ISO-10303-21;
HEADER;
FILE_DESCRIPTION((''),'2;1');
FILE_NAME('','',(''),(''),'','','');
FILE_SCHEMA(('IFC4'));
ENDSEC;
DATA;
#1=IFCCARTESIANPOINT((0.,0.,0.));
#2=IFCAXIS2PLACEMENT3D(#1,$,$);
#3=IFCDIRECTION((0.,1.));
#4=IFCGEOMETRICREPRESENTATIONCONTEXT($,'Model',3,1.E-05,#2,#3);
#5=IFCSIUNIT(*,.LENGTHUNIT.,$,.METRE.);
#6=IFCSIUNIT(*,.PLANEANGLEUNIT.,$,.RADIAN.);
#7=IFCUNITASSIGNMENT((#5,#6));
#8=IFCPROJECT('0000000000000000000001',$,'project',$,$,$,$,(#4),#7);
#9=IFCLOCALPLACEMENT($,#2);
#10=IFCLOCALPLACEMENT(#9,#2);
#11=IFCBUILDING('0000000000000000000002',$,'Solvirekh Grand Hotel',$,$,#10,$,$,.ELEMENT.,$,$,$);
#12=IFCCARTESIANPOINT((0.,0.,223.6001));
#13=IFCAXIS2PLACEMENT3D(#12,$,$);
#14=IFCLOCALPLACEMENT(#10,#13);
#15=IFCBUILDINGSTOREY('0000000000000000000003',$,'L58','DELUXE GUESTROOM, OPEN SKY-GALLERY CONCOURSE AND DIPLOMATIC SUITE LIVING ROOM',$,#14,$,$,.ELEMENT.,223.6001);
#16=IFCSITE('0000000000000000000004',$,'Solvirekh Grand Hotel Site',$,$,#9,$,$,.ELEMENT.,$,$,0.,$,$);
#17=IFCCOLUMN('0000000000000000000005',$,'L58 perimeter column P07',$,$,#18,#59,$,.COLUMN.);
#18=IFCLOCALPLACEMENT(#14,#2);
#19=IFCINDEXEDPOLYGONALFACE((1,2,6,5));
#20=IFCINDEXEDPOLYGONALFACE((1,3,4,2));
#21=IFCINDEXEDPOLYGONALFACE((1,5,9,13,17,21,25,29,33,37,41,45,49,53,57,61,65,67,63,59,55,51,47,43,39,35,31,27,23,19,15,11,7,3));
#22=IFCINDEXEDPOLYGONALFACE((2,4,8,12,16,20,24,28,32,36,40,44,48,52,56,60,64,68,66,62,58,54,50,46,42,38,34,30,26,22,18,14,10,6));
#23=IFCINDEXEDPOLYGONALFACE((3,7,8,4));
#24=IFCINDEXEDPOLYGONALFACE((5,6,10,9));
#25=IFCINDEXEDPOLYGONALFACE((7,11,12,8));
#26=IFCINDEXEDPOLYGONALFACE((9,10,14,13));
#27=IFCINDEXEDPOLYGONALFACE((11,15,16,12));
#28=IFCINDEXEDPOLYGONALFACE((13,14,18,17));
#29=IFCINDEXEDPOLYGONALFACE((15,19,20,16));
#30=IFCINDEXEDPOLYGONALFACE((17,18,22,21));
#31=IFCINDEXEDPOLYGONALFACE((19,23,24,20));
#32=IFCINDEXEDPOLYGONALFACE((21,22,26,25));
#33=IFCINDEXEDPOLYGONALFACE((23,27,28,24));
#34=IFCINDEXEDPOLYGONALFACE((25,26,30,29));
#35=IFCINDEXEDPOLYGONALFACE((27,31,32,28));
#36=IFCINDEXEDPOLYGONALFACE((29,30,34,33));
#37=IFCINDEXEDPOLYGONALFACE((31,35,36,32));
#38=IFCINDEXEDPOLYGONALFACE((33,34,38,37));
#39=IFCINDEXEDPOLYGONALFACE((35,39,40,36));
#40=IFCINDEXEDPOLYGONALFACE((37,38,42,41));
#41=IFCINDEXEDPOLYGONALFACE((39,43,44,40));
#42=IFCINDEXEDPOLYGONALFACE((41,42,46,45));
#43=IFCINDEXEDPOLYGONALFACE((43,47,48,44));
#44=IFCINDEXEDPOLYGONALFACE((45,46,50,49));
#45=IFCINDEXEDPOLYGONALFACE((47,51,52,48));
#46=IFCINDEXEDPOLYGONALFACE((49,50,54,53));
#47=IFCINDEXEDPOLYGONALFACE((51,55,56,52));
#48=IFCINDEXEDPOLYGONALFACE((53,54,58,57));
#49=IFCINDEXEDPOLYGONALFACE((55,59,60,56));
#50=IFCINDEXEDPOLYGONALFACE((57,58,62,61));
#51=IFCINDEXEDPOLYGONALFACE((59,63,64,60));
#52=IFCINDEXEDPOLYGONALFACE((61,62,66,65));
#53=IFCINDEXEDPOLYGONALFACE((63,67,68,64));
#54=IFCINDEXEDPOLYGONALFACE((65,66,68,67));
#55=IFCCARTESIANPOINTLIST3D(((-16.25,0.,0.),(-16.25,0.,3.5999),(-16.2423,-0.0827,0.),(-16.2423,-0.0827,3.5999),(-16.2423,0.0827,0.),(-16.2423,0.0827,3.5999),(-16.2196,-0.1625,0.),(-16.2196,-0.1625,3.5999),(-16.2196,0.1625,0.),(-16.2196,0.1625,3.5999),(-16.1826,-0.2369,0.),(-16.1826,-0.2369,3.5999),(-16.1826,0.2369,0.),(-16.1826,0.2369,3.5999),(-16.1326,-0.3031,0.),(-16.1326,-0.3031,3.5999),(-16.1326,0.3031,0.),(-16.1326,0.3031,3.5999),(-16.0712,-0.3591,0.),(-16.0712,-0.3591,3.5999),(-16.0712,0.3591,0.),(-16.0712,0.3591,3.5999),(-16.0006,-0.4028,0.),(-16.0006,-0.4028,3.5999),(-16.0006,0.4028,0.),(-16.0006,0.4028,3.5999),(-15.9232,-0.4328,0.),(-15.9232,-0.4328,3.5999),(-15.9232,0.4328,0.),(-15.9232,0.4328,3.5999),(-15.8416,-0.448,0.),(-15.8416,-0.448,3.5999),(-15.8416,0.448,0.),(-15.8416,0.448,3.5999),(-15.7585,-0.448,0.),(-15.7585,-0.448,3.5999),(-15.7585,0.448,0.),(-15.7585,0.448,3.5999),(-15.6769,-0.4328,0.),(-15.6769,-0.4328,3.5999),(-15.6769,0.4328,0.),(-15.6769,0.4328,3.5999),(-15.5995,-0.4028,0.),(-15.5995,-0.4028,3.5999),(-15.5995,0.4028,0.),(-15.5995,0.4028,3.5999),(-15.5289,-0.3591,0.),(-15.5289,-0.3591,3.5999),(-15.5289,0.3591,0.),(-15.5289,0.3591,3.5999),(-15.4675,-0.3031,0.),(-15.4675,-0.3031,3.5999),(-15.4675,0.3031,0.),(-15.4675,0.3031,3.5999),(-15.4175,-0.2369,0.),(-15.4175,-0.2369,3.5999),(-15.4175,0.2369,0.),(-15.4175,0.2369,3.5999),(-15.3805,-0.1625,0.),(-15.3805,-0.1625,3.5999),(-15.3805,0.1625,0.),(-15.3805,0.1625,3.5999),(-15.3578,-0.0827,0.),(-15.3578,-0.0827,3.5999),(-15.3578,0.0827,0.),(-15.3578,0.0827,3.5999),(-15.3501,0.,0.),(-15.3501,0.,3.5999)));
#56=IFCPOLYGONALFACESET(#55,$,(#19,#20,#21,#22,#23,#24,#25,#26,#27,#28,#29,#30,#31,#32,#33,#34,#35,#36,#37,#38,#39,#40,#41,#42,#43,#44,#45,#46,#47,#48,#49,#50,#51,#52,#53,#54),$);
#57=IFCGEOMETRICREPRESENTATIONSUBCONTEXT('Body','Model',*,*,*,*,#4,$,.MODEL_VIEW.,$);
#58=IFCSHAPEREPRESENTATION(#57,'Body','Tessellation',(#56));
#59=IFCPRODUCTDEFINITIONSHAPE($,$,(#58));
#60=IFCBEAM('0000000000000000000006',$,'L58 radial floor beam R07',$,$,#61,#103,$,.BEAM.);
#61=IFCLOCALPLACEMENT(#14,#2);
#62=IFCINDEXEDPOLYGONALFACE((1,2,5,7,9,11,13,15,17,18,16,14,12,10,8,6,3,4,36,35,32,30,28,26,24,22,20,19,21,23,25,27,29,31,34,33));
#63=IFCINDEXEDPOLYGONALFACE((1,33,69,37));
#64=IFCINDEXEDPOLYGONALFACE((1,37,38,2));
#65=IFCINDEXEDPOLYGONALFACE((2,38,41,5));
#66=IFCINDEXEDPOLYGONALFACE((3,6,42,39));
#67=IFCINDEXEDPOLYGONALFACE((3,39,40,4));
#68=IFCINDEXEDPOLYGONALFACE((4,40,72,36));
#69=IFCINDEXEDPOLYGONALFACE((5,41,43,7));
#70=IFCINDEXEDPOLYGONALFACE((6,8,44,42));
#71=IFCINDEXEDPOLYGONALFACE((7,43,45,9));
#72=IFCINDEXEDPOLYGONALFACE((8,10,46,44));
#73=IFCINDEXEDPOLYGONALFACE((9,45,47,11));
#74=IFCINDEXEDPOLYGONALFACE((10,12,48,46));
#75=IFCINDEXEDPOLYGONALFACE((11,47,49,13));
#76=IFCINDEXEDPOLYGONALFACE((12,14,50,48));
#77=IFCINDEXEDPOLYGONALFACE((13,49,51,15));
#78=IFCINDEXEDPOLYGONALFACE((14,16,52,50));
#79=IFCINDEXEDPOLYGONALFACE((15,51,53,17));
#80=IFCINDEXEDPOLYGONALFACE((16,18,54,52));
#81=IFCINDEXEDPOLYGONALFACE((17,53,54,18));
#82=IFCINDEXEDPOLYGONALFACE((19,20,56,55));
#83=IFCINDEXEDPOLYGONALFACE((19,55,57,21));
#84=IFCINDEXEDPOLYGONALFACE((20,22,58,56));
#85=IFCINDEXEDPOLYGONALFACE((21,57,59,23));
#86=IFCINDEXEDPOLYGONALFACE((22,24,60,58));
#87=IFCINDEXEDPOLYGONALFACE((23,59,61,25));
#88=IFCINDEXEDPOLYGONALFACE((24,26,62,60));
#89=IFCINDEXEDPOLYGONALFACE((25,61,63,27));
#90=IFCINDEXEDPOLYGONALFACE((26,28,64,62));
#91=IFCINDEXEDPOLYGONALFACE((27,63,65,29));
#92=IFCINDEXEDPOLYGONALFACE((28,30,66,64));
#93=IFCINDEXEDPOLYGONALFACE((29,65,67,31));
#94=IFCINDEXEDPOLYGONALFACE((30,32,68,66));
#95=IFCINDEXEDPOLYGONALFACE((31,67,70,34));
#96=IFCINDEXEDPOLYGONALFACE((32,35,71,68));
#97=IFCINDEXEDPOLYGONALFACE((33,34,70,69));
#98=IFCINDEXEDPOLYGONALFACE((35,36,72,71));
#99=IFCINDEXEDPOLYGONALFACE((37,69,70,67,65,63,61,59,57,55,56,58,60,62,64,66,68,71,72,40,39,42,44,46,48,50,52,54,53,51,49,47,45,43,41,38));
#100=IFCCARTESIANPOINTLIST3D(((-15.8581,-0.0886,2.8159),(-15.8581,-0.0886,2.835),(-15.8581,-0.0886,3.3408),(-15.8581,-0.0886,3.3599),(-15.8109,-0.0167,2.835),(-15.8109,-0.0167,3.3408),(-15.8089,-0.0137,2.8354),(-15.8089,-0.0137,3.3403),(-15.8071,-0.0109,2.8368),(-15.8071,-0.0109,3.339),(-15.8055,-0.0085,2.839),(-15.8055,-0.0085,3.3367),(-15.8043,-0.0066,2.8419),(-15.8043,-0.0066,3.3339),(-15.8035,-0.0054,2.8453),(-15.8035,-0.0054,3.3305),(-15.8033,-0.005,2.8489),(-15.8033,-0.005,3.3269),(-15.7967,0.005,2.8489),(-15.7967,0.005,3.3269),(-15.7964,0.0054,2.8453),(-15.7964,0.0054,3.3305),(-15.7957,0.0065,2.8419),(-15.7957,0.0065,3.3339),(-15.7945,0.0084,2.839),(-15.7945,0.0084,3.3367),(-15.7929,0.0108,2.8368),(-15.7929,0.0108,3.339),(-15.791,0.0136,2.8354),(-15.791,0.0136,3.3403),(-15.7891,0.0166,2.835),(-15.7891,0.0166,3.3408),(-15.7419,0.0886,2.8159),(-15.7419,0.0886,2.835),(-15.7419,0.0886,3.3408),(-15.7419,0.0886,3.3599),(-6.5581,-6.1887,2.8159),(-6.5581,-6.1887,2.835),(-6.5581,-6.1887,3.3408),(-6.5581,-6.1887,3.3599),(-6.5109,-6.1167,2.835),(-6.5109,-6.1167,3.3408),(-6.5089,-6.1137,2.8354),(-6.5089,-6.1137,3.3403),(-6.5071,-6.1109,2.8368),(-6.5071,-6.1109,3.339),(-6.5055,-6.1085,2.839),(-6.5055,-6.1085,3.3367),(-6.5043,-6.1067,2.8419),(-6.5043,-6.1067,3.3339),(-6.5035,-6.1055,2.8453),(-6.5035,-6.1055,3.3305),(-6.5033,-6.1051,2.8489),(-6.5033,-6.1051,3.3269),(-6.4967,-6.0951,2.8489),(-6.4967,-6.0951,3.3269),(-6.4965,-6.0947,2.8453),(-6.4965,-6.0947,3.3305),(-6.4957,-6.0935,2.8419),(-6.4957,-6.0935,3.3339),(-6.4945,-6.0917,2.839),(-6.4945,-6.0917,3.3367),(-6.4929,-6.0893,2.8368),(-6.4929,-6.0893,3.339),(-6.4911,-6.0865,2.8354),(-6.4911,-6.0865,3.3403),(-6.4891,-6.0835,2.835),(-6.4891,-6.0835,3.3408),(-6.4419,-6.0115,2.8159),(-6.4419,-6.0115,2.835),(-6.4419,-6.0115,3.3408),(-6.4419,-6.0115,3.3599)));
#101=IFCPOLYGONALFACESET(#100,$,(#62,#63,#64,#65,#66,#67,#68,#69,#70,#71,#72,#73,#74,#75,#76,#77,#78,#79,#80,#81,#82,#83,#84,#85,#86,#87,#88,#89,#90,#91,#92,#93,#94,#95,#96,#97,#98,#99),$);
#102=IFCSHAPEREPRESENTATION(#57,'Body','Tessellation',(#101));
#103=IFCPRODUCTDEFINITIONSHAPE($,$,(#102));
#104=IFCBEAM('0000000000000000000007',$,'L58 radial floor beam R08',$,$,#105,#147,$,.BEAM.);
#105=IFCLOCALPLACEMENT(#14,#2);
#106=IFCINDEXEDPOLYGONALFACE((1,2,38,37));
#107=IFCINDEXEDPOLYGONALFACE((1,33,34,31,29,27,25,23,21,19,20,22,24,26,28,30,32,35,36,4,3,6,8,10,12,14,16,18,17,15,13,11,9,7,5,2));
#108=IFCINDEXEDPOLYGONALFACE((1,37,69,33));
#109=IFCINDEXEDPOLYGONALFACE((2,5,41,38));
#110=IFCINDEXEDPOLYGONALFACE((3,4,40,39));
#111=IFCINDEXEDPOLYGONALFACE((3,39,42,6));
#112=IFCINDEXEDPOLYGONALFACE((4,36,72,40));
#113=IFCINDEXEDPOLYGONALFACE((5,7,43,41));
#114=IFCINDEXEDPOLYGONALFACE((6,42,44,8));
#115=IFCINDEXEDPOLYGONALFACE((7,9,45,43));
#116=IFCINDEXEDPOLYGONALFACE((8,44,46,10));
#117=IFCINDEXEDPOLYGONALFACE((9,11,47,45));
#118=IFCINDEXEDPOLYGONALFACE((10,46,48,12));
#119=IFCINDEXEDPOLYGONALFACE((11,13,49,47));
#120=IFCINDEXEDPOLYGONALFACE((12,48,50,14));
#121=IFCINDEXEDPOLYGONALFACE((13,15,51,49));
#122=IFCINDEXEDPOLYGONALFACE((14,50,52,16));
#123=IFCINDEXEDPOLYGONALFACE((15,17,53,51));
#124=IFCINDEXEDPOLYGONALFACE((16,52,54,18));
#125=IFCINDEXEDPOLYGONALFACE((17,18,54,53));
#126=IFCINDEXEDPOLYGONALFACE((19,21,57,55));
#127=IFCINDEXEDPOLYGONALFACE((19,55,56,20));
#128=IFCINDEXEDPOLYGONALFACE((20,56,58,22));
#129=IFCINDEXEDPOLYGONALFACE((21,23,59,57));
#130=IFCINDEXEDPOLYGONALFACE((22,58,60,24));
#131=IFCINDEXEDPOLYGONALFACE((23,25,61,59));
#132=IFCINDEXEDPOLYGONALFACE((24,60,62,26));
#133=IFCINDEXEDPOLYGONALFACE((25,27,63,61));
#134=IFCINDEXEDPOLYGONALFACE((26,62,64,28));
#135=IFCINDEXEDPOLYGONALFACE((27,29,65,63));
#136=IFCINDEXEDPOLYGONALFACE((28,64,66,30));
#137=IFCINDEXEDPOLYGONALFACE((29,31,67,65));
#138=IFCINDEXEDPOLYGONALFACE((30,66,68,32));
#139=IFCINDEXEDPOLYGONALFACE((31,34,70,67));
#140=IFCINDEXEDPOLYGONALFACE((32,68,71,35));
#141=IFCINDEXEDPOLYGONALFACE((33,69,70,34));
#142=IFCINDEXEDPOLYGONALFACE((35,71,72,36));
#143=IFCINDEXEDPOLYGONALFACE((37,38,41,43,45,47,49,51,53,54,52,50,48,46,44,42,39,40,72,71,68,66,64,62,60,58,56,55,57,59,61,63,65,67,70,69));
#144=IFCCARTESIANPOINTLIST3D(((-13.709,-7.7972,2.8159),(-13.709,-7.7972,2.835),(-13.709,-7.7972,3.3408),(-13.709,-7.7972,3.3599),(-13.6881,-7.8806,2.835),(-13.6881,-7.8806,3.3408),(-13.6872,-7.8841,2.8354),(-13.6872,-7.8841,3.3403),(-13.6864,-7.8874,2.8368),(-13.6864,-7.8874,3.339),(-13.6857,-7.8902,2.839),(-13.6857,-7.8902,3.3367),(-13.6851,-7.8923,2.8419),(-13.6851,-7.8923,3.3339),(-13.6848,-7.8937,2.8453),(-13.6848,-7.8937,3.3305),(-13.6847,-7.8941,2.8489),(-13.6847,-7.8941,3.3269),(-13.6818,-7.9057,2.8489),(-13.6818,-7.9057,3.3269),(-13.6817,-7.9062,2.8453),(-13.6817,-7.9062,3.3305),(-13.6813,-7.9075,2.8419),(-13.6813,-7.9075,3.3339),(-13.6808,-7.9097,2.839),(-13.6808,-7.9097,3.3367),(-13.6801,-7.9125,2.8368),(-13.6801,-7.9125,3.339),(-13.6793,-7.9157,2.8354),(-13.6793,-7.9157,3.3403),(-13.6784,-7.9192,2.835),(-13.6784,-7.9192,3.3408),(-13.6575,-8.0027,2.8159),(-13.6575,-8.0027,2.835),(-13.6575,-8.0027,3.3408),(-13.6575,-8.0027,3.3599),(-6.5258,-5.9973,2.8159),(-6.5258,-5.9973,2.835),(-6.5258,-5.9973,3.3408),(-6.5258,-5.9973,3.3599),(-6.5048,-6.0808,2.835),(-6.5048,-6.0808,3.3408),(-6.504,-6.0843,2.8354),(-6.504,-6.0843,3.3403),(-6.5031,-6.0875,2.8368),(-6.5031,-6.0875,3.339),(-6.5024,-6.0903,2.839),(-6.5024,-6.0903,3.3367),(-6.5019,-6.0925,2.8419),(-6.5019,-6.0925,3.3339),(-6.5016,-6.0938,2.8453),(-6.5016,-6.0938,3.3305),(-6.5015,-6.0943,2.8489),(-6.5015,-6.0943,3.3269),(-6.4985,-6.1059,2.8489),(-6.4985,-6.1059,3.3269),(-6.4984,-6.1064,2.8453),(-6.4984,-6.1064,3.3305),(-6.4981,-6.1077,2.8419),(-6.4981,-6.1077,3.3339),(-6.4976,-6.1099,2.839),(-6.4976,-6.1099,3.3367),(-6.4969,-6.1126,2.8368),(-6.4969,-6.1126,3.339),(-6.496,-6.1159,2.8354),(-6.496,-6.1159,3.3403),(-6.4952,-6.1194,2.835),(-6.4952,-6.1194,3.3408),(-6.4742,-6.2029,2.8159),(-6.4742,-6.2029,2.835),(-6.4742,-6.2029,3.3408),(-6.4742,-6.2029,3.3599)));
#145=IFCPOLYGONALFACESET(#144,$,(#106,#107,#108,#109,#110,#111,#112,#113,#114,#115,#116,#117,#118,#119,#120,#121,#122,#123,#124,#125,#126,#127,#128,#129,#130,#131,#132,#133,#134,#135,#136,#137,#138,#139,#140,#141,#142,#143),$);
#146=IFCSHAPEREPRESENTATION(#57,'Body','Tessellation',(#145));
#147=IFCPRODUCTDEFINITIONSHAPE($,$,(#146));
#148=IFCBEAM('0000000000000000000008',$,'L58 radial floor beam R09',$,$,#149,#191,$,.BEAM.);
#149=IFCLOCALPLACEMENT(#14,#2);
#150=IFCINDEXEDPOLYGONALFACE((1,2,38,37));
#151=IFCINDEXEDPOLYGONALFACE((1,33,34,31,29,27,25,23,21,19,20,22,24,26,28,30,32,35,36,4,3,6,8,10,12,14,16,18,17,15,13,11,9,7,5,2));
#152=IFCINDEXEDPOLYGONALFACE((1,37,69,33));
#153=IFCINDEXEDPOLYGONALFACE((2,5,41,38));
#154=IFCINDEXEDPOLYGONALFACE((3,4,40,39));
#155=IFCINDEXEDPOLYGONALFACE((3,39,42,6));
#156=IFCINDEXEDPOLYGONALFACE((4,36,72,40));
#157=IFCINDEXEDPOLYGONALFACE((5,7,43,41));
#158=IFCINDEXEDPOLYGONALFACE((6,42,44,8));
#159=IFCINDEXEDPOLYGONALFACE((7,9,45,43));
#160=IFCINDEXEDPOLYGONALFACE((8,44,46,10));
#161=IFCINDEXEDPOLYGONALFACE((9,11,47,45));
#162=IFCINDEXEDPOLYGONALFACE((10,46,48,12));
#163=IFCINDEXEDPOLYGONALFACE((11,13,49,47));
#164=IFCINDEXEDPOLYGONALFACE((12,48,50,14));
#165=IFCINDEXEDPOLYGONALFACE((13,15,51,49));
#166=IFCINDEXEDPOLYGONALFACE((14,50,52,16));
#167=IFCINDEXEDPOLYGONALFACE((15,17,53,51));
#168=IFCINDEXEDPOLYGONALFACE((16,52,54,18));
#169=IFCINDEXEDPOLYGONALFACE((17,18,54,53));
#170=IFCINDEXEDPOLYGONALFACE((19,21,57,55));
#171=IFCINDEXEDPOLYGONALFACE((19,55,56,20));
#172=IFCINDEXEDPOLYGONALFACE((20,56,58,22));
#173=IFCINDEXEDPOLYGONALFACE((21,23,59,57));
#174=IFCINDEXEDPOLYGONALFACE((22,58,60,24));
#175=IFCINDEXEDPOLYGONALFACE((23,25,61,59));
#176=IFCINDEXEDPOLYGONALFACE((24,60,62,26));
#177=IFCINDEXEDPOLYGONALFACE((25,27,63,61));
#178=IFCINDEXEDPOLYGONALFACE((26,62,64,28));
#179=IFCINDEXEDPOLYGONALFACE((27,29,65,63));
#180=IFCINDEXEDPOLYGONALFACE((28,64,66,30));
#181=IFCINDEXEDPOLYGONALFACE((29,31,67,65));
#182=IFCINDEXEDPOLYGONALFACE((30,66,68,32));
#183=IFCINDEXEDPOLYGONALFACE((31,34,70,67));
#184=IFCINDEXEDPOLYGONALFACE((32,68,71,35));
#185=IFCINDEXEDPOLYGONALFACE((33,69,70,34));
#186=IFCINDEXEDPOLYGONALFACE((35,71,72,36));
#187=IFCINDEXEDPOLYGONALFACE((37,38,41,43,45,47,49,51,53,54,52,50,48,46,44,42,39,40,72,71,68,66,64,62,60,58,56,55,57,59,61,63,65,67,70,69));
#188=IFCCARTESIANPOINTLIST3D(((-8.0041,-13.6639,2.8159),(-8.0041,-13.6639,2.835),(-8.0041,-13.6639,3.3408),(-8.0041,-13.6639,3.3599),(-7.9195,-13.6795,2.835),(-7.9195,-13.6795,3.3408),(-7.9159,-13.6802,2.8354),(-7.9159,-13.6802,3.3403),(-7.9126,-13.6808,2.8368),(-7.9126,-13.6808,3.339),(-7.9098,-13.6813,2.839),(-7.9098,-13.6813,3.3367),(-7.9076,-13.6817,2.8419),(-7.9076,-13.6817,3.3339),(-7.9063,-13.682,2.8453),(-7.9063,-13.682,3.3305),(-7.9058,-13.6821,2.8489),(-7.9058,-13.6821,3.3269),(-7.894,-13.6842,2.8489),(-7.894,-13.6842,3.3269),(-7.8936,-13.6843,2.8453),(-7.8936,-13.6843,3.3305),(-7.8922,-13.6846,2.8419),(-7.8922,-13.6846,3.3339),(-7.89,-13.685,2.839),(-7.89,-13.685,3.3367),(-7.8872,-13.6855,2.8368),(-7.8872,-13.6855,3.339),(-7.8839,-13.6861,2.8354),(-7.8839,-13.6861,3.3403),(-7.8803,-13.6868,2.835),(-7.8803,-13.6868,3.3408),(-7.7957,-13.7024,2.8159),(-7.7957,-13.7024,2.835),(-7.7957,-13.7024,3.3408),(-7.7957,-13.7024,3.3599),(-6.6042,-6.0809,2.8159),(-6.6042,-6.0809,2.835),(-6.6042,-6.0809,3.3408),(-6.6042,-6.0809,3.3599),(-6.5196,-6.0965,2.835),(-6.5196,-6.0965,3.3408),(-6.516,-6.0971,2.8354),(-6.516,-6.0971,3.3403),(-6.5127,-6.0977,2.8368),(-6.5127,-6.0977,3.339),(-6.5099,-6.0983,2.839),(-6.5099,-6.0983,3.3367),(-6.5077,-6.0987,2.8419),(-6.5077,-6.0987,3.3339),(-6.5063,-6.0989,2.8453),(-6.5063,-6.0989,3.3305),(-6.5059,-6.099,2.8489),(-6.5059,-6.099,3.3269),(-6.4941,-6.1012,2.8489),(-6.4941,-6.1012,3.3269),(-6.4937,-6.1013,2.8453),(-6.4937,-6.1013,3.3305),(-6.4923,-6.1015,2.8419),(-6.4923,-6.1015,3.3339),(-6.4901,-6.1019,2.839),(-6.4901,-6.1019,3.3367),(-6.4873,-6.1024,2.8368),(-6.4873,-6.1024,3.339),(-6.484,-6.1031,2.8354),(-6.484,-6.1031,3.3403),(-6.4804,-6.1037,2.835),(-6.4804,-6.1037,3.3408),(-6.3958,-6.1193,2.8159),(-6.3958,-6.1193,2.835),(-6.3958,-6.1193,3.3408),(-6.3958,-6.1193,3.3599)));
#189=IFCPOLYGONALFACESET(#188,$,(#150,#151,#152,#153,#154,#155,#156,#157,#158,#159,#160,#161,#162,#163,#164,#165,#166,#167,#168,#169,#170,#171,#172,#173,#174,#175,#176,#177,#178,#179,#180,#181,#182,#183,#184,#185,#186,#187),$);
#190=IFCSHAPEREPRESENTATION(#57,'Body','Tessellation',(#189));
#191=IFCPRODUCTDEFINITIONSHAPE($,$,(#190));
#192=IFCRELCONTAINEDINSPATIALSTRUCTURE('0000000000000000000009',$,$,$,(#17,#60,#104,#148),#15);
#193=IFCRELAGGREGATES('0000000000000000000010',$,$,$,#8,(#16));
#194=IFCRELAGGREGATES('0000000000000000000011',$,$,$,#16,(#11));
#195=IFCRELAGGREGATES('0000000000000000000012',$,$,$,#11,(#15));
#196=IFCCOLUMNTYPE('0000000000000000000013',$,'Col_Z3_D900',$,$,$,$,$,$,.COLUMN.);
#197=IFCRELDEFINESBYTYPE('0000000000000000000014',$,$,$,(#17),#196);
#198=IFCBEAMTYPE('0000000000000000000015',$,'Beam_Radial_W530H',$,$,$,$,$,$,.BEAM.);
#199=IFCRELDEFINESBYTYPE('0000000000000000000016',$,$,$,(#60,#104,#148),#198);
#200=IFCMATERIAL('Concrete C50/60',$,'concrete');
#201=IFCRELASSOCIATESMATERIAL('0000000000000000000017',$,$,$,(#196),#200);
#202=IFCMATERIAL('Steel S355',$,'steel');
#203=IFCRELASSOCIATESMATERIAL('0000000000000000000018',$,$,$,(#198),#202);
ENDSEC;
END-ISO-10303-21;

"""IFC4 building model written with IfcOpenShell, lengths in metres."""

from ifc_helpers import new_model, si_unit, direction, frame, origin, origin_2d, place, context, subcontext, project, spatial, circle, i_section, extrude, material, material_profile, profile_set, type_object, element, save


model = new_model("IFC4")

# Units and contexts
model_context = context("Model", 3, precision=1e-05, world=origin(), true_north=direction((0.0, 1.0)))
body_context = subcontext(model_context, "Body", "Model", "MODEL_VIEW")
ifc_project = project(units=[si_unit("LENGTHUNIT", "METRE"), si_unit("PLANEANGLEUNIT", "RADIAN")], contexts=[model_context])

# Site, building, storey
site_placement = place(None, origin())
site = spatial("IfcSite", under=ifc_project, at=site_placement, Name="Solvirekh Grand Hotel Site", CompositionType="ELEMENT", RefElevation=0.0)
building_placement = place(site_placement, origin())
building = spatial("IfcBuilding", under=site, at=building_placement, Name="Solvirekh Grand Hotel", CompositionType="ELEMENT")
storey_placement = place(building_placement, frame((0.0, 0.0, 223.6001)))
storey = spatial("IfcBuildingStorey", under=building, at=storey_placement, Name="L58", Description="DELUXE GUESTROOM, OPEN SKY-GALLERY CONCOURSE AND DIPLOMATIC SUITE LIVING ROOM", CompositionType="ELEMENT", Elevation=223.6001)

# Column
ifc_material_1 = material(Name="Concrete C50/60", Category="concrete")
ifc_material_profile_1 = material_profile(ifc_material_1, circle(Radius=0.45, at=origin_2d()), Name="RC CIRC D900")
ifc_profile_set_1 = profile_set([ifc_material_profile_1], Name="Concrete C50/60")
column_type = type_object("IfcColumnType", Name="Col_Z3_D900", PredefinedType="COLUMN", material=ifc_profile_set_1)
column_placement = place(storey_placement, frame((-15.8, 0.0, 0.0), z_axis=(0.0, 0.0, 1.0), x_axis=(1.0, 0.0, 0.0)))
element("IfcColumn", 1, at=column_placement, inside=storey, type_object=column_type, Name="L58 perimeter column P07", PredefinedType="COLUMN", context=body_context, shape_type="SweptSolid", body=[
    extrude(circle(Radius=0.45, at=origin_2d()), origin(), (0.0, 0.0, 1.0), 3.5999),
])

# Beams
ifc_material_2 = material(Name="Steel S355", Category="steel")
ifc_material_profile_2 = material_profile(ifc_material_2, i_section(OverallWidth=0.2119, OverallDepth=0.5439, WebThickness=0.012, FlangeThickness=0.019, FilletRadius=0.0139, at=origin_2d()), Name="W530X123")
ifc_profile_set_2 = profile_set([ifc_material_profile_2], Name="Steel S355")
beam_type_1 = type_object("IfcBeamType", Name="Beam_Radial_W530H", PredefinedType="BEAM", material=ifc_profile_set_2)
beam_1_placement = place(storey_placement, frame((-6.5, -6.1001, 3.0879), z_axis=(-0.836174, 0.548464, 0.0), x_axis=(-0.548464, -0.836174, 0.0)))
element("IfcBeam", 2, at=beam_1_placement, inside=storey, type_object=beam_type_1, Name="L58 radial floor beam R07", PredefinedType="BEAM", context=body_context, shape_type="SweptSolid", body=[
    extrude(i_section(OverallWidth=0.2119, OverallDepth=0.5439, WebThickness=0.012, FlangeThickness=0.019, FilletRadius=0.0139, at=origin_2d()), origin(), (0.0, 0.0, 1.0), 11.1221),
])
beam_2_placement = place(storey_placement, frame((-6.5, -6.1001, 3.0879), z_axis=(-0.970014, -0.243048, 0.0), x_axis=(0.243048, -0.970014, 0.0)))
element("IfcBeam", 3, at=beam_2_placement, inside=storey, type_object=beam_type_1, Name="L58 radial floor beam R08", PredefinedType="BEAM", context=body_context, shape_type="SweptSolid", body=[
    extrude(i_section(OverallWidth=0.2119, OverallDepth=0.5439, WebThickness=0.012, FlangeThickness=0.019, FilletRadius=0.0139, at=origin_2d()), origin(), (0.0, 0.0, 1.0), 7.4053),
])
beam_3_placement = place(storey_placement, frame((-6.5, -6.1001, 3.0879), z_axis=(-0.181543, -0.983383, 0.0), x_axis=(0.983383, -0.181543, 0.0)))
element("IfcBeam", 4, at=beam_3_placement, inside=storey, type_object=beam_type_1, Name="L58 radial floor beam R09", PredefinedType="BEAM", context=body_context, shape_type="SweptSolid", body=[
    extrude(i_section(OverallWidth=0.2119, OverallDepth=0.5439, WebThickness=0.012, FlangeThickness=0.019, FilletRadius=0.0139, at=origin_2d()), origin(), (0.0, 0.0, 1.0), 7.7112),
])

save(model, "model.ifc")
